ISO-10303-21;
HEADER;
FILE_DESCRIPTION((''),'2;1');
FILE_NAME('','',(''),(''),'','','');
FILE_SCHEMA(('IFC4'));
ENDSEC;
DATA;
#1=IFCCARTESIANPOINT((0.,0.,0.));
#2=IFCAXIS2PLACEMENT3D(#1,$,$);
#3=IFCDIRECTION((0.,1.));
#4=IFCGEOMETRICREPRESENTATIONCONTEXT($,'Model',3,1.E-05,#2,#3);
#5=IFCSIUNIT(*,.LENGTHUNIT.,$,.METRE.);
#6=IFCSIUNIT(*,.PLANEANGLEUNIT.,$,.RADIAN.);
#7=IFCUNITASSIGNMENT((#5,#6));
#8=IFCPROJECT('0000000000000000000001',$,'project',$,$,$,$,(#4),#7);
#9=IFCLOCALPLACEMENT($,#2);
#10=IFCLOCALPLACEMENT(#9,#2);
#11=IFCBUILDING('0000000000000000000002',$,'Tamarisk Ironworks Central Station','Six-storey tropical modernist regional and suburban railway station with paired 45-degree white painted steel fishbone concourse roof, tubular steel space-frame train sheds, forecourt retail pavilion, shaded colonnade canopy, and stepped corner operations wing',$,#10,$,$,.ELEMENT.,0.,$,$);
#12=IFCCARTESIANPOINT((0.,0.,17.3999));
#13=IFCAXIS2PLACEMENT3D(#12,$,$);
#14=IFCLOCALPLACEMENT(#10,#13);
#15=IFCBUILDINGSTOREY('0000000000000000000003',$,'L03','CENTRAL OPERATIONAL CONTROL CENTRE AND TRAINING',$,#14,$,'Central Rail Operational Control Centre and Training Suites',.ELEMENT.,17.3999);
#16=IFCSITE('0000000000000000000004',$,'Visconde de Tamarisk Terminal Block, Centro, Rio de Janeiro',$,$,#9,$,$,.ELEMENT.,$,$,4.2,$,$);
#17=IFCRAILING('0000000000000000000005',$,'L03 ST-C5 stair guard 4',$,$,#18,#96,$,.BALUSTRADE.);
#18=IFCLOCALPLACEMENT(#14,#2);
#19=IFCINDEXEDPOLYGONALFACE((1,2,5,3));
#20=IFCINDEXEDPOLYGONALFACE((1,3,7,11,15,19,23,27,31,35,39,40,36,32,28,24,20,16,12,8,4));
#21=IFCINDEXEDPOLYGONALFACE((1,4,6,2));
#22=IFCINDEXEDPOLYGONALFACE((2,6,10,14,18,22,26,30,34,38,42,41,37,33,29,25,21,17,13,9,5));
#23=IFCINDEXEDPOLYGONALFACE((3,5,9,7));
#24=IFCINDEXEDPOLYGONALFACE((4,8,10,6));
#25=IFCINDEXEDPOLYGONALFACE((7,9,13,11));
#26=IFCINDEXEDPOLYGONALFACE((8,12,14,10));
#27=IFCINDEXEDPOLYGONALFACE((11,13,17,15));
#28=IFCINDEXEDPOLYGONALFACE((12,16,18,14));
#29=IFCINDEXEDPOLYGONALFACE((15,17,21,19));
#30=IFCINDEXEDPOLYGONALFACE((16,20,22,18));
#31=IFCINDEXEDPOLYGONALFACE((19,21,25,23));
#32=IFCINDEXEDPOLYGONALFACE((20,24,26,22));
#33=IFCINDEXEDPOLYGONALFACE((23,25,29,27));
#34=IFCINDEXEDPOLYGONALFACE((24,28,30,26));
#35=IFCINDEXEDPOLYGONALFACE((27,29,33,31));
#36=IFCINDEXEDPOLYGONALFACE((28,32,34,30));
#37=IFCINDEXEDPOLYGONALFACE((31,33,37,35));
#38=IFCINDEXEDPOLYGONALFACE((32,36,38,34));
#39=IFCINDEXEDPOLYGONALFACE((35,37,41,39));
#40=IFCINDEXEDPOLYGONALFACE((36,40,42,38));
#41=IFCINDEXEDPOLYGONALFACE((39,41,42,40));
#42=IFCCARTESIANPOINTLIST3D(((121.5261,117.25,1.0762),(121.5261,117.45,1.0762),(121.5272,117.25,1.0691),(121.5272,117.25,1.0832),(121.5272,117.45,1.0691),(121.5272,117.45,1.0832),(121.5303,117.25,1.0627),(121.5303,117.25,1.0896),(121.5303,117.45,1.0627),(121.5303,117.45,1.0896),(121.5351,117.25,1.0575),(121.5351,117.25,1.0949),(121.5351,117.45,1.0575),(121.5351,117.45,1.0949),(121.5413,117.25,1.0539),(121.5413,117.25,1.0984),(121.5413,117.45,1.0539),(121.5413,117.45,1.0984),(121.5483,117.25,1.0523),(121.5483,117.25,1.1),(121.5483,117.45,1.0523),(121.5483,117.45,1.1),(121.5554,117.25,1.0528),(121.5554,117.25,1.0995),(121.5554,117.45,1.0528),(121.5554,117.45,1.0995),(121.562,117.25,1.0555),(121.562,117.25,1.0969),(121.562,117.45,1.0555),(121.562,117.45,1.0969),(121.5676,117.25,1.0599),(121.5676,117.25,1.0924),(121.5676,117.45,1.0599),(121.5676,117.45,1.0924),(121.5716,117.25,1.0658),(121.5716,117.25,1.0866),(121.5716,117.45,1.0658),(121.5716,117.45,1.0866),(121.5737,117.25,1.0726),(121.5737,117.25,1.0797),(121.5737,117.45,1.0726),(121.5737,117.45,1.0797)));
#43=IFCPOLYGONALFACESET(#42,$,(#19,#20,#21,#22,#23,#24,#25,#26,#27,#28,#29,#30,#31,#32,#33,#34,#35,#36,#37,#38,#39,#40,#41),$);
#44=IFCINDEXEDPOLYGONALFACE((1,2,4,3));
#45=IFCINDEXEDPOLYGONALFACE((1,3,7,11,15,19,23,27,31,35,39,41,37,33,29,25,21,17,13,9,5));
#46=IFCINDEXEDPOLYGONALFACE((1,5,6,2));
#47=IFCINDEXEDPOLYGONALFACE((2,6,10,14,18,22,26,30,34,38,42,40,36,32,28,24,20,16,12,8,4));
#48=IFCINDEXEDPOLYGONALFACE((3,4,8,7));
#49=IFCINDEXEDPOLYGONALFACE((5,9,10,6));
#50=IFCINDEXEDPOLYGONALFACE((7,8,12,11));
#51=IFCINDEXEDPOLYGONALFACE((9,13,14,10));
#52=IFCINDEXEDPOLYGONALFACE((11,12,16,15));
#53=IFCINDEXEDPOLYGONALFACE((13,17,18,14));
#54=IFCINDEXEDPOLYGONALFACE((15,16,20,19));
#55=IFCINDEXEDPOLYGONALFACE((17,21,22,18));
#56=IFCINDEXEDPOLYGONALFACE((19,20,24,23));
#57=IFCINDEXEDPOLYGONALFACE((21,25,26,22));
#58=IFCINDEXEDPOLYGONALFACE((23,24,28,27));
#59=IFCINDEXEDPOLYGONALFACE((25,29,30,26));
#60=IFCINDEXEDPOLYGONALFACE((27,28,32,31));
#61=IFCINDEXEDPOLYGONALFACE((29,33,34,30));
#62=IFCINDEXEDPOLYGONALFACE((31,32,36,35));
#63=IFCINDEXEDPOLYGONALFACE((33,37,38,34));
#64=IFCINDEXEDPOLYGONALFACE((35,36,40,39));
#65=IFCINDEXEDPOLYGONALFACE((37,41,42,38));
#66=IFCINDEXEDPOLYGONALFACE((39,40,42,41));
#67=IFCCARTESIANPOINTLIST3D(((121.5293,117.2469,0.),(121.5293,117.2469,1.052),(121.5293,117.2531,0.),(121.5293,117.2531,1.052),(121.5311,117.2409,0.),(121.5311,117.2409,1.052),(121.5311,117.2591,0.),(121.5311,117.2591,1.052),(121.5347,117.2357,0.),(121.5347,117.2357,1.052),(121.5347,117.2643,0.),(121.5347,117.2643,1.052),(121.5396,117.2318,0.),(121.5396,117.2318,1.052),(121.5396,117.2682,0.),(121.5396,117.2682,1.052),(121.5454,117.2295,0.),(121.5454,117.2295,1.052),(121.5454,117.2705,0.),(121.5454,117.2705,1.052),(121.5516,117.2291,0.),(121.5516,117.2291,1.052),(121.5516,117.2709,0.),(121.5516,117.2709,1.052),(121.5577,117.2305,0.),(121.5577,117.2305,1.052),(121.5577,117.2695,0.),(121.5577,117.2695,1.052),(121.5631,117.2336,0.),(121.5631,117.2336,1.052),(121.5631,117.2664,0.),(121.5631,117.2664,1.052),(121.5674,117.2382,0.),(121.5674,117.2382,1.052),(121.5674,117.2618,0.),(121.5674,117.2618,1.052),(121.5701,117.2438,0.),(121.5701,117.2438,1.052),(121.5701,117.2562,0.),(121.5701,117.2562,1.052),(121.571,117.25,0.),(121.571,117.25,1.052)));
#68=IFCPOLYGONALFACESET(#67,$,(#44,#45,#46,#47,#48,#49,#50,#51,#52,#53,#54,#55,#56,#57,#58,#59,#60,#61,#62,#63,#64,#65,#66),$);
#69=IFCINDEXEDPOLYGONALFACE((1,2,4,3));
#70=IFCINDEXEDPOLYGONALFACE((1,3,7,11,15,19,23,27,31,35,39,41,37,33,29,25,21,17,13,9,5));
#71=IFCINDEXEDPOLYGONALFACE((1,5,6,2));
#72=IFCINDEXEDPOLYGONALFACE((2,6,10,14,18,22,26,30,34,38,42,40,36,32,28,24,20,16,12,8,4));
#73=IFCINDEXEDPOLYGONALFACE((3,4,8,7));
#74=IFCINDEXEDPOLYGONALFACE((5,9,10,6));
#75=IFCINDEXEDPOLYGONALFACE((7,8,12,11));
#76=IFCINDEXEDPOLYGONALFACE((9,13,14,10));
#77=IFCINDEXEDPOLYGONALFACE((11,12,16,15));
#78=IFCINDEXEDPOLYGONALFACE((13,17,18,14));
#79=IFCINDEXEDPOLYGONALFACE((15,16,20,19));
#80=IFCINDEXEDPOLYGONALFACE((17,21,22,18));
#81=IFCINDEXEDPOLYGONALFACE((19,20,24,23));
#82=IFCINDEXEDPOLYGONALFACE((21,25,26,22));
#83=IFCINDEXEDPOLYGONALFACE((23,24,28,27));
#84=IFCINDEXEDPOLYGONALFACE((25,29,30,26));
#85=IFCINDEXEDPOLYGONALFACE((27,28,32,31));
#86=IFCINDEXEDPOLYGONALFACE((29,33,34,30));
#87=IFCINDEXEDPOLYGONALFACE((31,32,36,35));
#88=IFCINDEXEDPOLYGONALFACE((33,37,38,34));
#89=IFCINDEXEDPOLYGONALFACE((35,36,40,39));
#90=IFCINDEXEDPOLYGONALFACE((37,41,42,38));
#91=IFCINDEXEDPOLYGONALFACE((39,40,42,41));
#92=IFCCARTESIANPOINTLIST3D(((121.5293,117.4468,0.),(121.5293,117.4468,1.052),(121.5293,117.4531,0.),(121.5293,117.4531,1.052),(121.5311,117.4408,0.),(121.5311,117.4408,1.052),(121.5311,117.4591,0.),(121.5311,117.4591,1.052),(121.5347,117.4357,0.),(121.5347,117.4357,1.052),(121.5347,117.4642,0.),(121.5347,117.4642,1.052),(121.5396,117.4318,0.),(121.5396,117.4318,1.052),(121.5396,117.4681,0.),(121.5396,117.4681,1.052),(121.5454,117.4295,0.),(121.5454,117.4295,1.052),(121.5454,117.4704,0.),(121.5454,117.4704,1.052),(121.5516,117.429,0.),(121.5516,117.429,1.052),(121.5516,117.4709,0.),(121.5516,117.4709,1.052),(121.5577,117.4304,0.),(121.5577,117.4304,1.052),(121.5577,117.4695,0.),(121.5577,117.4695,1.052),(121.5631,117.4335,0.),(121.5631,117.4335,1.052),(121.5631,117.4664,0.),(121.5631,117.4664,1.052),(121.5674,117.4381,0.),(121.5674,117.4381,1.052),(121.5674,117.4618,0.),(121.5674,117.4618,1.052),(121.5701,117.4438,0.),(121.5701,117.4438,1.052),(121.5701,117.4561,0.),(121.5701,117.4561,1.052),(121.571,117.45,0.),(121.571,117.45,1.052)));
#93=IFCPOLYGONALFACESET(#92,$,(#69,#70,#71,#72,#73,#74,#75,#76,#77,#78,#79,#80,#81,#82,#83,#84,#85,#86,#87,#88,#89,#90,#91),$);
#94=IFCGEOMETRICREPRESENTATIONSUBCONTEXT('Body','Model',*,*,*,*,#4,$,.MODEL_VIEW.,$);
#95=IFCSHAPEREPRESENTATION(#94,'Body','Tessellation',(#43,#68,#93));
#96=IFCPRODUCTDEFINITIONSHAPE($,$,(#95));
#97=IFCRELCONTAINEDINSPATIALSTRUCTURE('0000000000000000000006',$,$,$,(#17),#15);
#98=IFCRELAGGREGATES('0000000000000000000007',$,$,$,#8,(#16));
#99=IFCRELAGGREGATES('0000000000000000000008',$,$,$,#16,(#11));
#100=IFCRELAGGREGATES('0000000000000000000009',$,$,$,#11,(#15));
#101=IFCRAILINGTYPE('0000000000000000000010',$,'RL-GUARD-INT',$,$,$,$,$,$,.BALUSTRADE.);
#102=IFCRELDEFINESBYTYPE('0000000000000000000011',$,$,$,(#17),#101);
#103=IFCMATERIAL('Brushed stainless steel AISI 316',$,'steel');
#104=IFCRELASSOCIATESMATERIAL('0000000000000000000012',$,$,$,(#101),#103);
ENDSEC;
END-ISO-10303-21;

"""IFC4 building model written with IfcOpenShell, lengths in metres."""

from ifc_helpers import new_model, si_unit, direction, frame, origin, origin_2d, place, context, subcontext, project, spatial, circle, extrude, material, type_object, element, save


model = new_model("IFC4")

# Units and contexts
model_context = context("Model", 3, precision=1e-05, world=origin(), true_north=direction((0.0, 1.0)))
body_context = subcontext(model_context, "Body", "Model", "MODEL_VIEW")
ifc_project = project(units=[si_unit("LENGTHUNIT", "METRE"), si_unit("PLANEANGLEUNIT", "RADIAN")], contexts=[model_context])

# Site, building, storey
site_placement = place(None, origin())
site = spatial("IfcSite", under=ifc_project, at=site_placement, Name="Visconde de Tamarisk Terminal Block, Centro, Rio de Janeiro", CompositionType="ELEMENT", RefElevation=4.2)
building_placement = place(site_placement, origin())
building = spatial("IfcBuilding", under=site, at=building_placement, Name="Tamarisk Ironworks Central Station", Description="Six-storey tropical modernist regional and suburban railway station with paired 45-degree white painted steel fishbone concourse roof, tubular steel space-frame train sheds, forecourt retail pavilion, shaded colonnade canopy, and stepped corner operations wing", CompositionType="ELEMENT", ElevationOfRefHeight=0.0)
storey_placement = place(building_placement, frame((0.0, 0.0, 17.3999)))
storey = spatial("IfcBuildingStorey", under=building, at=storey_placement, Name="L03", Description="CENTRAL OPERATIONAL CONTROL CENTRE AND TRAINING", LongName="Central Rail Operational Control Centre and Training Suites", CompositionType="ELEMENT", Elevation=17.3999)

# Railing
ifc_material_1 = material(Name="Brushed stainless steel AISI 316", Category="steel")
railing_type_1 = type_object("IfcRailingType", Name="RL-GUARD-INT", PredefinedType="BALUSTRADE", material=ifc_material_1)
railing_1_placement = place(storey_placement, frame((121.55, 117.25, 0.0)))
element("IfcRailing", 1, at=railing_1_placement, inside=storey, type_object=railing_type_1, Name="L03 ST-C5 stair guard 4", PredefinedType="BALUSTRADE", context=body_context, shape_type="SweptSolid", body=[
    extrude(circle(Radius=0.0239, at=origin_2d()), frame((0.0, 0.0, 1.0762), z_axis=(0.0, 1.0, 0.0), x_axis=(-1.0, 0.0, 0.0)), (0.0, 0.0, 1.0), 0.2),
    extrude(circle(Radius=0.021, at=origin_2d()), origin(), (0.0, 0.0, 1.0), 1.052),
    extrude(circle(Radius=0.021, at=origin_2d()), frame((0.0, 0.2, 0.0)), (0.0, 0.0, 1.0), 1.052),
])

save(model, "model.ifc")
